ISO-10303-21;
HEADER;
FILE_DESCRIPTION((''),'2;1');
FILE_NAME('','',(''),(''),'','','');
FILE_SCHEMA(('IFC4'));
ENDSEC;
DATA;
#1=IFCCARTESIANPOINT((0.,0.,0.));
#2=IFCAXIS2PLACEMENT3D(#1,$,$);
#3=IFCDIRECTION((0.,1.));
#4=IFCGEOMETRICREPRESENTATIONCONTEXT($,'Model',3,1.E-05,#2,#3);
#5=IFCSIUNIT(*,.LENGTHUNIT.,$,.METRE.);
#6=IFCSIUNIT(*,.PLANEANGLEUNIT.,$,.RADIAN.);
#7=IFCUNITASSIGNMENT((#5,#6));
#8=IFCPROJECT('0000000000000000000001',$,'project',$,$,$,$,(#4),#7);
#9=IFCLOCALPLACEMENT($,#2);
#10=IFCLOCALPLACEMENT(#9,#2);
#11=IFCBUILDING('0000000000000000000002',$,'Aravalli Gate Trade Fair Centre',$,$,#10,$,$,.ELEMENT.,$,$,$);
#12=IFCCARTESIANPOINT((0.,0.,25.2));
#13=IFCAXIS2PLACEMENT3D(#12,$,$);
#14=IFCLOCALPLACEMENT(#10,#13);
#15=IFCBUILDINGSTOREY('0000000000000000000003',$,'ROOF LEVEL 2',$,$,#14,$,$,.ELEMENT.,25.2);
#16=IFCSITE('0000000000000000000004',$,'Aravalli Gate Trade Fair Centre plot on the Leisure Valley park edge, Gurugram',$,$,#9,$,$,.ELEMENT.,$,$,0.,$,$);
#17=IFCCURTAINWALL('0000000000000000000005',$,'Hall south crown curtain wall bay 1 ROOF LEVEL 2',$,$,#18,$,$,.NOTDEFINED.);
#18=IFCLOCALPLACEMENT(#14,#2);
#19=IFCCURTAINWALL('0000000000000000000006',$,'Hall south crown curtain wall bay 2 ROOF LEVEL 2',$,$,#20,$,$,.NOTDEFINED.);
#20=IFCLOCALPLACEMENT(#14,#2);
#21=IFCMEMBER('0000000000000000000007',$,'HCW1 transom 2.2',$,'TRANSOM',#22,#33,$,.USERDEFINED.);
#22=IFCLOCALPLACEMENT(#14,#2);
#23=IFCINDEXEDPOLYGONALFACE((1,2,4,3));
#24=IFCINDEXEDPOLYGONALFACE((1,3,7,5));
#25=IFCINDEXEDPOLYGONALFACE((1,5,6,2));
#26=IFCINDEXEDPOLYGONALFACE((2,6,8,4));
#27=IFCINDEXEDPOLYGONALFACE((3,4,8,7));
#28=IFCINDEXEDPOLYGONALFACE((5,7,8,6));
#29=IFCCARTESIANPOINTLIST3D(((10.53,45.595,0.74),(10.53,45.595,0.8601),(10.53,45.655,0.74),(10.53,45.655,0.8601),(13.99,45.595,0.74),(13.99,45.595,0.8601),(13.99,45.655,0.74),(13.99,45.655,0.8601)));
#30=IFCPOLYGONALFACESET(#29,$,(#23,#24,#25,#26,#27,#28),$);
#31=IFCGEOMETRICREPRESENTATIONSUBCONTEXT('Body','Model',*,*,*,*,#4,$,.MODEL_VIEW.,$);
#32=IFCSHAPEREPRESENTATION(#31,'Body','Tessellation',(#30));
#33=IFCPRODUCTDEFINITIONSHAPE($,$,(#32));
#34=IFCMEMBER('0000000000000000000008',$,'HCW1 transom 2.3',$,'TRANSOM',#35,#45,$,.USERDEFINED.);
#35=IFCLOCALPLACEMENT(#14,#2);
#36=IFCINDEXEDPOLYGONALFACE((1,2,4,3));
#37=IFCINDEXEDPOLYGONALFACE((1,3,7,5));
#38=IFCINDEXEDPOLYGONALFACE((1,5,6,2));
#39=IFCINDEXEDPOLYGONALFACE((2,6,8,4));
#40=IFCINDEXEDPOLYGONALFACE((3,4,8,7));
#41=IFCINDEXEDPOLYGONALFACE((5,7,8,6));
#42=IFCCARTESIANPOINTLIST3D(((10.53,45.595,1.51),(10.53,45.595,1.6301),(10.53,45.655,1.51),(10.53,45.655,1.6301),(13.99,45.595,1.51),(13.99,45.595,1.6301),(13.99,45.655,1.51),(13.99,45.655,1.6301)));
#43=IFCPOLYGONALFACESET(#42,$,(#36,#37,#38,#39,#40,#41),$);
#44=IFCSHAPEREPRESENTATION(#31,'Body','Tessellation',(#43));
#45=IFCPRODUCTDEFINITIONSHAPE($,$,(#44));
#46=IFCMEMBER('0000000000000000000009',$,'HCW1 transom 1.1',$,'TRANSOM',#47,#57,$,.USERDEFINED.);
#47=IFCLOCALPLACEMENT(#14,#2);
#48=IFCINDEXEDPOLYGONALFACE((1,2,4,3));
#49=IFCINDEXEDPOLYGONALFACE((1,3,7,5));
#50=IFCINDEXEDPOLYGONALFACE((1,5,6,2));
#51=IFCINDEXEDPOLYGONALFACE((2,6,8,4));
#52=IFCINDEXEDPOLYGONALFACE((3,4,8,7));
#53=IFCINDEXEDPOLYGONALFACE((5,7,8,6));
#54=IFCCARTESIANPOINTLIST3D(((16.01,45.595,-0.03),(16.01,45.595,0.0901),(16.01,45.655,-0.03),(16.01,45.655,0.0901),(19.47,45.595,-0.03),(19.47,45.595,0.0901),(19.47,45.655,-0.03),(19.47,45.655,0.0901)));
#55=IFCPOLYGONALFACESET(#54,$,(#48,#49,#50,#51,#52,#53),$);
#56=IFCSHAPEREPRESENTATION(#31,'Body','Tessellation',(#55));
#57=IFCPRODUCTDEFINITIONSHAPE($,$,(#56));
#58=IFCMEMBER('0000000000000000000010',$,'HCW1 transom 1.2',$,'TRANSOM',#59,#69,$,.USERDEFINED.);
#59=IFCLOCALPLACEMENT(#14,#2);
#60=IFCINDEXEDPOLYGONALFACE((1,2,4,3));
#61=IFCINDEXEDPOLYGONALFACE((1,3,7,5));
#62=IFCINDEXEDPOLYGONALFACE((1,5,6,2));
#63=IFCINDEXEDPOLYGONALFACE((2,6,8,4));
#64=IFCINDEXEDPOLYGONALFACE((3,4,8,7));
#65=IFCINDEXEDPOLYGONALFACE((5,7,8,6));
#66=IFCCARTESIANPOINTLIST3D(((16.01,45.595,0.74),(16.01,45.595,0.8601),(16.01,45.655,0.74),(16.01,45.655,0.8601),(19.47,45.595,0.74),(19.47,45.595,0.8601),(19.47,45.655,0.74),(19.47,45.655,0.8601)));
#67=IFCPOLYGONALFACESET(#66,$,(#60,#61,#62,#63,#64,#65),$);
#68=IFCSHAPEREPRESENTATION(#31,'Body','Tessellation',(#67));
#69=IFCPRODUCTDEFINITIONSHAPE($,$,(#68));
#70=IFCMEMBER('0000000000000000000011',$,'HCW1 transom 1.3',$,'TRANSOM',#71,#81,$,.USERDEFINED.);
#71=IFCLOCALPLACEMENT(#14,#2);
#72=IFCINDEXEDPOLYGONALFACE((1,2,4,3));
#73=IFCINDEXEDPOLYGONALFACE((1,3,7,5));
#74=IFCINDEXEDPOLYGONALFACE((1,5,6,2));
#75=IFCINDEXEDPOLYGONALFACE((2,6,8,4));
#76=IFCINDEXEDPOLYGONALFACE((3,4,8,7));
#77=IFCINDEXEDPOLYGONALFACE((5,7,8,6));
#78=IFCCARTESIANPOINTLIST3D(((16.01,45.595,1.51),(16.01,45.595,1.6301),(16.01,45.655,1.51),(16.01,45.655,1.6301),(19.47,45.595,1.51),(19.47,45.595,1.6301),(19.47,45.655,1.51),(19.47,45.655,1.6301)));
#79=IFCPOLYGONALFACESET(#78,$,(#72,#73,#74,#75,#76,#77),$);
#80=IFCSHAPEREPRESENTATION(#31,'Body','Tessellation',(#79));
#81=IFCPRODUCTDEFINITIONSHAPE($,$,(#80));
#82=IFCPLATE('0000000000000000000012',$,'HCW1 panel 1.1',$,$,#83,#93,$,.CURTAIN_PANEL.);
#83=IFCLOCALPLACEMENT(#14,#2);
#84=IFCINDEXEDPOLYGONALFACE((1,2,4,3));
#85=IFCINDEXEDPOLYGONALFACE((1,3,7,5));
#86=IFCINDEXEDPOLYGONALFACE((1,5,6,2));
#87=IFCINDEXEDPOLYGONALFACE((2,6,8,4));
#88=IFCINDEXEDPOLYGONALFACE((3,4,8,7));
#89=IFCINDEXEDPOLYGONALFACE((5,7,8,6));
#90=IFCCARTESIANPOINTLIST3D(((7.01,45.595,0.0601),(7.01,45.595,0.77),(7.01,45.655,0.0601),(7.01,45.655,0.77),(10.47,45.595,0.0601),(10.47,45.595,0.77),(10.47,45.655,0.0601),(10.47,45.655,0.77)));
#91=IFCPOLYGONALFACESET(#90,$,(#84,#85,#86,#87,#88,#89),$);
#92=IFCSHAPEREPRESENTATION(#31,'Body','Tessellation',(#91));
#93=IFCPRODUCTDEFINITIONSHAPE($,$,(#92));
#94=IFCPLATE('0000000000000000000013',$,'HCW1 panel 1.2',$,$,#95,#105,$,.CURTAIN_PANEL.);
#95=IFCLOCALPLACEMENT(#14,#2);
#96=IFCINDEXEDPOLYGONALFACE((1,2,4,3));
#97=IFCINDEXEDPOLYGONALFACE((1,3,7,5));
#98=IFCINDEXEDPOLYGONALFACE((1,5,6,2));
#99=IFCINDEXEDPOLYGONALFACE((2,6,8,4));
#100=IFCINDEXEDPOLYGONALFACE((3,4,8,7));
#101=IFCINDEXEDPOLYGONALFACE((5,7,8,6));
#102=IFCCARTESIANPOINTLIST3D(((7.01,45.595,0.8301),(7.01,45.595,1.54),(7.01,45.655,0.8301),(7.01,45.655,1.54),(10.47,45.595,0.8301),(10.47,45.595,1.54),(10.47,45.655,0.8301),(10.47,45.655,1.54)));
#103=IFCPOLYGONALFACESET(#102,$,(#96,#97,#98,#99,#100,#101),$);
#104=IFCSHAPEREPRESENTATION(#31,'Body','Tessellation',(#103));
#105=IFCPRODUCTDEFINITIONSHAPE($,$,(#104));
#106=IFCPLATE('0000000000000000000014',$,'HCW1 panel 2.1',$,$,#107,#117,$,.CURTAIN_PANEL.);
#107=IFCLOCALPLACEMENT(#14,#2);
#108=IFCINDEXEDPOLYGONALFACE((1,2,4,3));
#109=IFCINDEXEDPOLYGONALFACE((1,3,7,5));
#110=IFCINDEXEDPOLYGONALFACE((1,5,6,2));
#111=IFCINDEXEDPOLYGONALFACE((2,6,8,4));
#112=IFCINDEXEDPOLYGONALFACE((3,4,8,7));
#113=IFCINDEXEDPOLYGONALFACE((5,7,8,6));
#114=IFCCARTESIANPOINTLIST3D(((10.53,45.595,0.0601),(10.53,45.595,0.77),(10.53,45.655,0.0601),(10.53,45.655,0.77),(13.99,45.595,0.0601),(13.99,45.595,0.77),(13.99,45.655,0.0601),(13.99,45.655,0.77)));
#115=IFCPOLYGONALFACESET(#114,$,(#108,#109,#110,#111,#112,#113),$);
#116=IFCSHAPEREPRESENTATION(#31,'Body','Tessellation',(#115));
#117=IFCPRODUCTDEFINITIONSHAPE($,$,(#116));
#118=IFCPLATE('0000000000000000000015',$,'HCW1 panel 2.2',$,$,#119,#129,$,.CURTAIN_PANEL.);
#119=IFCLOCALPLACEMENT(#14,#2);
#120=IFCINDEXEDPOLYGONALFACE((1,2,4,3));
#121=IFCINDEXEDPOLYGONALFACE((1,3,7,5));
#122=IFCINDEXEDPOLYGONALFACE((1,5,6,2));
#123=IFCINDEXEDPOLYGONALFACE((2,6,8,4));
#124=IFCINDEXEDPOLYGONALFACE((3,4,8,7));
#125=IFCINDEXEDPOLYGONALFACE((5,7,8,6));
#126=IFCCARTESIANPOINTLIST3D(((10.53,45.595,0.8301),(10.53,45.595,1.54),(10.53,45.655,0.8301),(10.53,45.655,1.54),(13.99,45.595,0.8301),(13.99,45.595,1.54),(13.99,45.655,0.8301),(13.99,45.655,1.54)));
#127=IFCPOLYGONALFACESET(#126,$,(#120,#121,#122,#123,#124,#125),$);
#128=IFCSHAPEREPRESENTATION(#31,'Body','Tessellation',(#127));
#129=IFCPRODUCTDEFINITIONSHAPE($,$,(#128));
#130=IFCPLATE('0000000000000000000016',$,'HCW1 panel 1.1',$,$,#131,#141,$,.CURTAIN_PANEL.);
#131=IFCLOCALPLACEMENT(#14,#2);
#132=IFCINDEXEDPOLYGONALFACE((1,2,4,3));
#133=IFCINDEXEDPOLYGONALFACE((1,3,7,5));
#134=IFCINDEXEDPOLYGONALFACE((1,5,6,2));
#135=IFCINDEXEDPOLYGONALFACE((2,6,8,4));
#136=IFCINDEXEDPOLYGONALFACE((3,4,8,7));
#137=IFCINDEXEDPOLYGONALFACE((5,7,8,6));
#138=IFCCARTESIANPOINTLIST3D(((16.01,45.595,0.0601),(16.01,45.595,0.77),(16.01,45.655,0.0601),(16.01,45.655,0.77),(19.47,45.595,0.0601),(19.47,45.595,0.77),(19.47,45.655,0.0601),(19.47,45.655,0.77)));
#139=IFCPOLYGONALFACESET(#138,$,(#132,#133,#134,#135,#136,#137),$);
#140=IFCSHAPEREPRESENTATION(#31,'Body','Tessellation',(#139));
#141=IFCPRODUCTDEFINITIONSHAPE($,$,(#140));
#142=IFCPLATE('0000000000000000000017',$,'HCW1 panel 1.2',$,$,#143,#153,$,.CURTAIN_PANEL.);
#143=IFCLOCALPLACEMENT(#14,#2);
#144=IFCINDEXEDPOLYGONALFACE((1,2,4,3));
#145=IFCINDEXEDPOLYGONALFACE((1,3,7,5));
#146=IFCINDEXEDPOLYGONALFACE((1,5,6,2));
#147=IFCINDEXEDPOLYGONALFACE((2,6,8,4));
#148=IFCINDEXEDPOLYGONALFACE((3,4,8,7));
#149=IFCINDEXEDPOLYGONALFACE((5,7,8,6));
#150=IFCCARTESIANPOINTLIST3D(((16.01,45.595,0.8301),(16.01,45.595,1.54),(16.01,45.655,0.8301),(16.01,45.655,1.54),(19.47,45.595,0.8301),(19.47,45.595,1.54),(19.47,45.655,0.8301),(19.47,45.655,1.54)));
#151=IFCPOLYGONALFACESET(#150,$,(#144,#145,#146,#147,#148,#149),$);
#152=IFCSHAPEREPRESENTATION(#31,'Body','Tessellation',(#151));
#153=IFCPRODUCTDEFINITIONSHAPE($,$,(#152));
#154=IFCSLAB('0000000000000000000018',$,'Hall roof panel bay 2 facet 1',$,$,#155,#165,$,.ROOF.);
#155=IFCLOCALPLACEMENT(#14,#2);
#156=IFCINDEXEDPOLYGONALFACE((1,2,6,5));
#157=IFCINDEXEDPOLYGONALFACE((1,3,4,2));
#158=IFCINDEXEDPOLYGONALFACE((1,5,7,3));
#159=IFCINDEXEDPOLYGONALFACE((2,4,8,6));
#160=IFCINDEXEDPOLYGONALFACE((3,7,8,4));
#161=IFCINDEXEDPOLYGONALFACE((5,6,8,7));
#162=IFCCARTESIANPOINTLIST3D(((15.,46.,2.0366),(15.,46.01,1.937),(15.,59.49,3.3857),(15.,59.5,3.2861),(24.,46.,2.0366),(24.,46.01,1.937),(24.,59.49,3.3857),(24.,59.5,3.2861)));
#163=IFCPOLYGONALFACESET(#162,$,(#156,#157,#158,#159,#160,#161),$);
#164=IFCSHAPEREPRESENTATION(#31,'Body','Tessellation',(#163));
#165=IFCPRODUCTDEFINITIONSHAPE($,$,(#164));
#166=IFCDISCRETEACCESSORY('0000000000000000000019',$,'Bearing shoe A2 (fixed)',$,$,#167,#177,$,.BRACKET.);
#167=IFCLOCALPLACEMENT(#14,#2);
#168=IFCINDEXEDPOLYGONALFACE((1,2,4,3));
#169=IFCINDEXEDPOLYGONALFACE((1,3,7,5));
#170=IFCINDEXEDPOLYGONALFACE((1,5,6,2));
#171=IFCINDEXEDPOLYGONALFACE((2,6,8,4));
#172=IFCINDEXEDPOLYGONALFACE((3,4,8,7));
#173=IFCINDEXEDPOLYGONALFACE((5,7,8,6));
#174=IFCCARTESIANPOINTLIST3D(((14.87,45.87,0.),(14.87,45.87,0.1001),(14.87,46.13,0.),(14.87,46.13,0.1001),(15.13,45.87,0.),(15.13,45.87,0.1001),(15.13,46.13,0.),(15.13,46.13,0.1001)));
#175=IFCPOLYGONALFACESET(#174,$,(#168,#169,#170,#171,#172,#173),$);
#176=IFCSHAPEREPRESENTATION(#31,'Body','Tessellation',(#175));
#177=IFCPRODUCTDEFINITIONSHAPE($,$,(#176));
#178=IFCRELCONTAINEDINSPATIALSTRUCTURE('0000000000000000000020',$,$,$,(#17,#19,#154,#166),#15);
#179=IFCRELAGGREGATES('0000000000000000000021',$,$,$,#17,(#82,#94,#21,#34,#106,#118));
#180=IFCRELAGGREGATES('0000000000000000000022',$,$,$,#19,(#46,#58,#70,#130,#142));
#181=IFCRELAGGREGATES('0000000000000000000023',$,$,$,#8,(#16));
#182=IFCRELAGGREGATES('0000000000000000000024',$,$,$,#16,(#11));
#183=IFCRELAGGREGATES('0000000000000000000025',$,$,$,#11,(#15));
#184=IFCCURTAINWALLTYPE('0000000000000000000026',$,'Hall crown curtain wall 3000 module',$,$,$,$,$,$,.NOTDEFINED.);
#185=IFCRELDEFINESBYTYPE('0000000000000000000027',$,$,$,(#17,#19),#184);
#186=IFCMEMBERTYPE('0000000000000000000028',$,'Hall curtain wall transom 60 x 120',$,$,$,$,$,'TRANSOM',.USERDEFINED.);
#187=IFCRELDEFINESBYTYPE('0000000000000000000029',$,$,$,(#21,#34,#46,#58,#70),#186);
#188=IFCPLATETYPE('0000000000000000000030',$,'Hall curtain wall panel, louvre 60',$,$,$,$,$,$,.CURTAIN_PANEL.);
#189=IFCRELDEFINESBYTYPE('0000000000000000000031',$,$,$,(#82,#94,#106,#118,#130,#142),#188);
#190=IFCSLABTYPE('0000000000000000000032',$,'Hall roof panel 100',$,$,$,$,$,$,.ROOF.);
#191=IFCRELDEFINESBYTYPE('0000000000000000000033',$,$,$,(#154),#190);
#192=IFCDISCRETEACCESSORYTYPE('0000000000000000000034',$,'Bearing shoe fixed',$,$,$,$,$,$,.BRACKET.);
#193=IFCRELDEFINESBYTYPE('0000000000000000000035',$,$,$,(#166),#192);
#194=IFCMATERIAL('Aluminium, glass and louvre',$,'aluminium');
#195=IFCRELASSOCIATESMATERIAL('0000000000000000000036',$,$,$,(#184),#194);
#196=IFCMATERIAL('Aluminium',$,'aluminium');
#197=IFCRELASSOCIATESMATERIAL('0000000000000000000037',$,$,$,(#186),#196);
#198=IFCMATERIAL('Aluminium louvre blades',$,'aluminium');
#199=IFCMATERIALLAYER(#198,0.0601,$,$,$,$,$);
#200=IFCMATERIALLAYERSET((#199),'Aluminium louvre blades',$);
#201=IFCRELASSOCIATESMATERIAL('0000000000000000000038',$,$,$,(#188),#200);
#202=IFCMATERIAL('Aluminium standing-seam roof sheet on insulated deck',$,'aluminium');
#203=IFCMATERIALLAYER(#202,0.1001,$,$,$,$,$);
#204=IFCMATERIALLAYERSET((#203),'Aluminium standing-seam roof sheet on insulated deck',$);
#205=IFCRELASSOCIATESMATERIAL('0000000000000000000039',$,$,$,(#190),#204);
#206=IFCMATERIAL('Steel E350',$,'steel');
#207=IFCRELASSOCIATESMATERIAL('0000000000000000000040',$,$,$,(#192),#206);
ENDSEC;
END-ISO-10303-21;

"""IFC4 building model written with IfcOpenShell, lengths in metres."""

from ifc_helpers import new_model, si_unit, direction, frame, origin, origin_2d, place, context, subcontext, project, spatial, polyline, rectangle, outline, extrude, material, layer, layer_set, material_profile, profile_set, type_object, element, aggregate, save


model = new_model("IFC4")

# Units and contexts
model_context = context("Model", 3, precision=1e-05, world=origin(), true_north=direction((0.0, 1.0)))
body_context = subcontext(model_context, "Body", "Model", "MODEL_VIEW")
ifc_project = project(units=[si_unit("LENGTHUNIT", "METRE"), si_unit("PLANEANGLEUNIT", "RADIAN")], contexts=[model_context])

# Site, building, storey
site_placement = place(None, origin())
site = spatial("IfcSite", under=ifc_project, at=site_placement, Name="Aravalli Gate Trade Fair Centre plot on the Leisure Valley park edge, Gurugram", CompositionType="ELEMENT", RefElevation=0.0)
building_placement = place(site_placement, origin())
building = spatial("IfcBuilding", under=site, at=building_placement, Name="Aravalli Gate Trade Fair Centre", CompositionType="ELEMENT")
storey_placement = place(building_placement, frame((0.0, 0.0, 25.2)))
storey = spatial("IfcBuildingStorey", under=building, at=storey_placement, Name="ROOF LEVEL 2", CompositionType="ELEMENT", Elevation=25.2)

# Shared definitions
ifc_material_1 = material(Name="Steel E350", Category="steel")

# Curtain walls
ifc_material_2 = material(Name="Aluminium, glass and louvre", Category="aluminium")
curtain_wall_type = type_object("IfcCurtainWallType", Name="Hall crown curtain wall 3000 module", PredefinedType="NOTDEFINED", material=ifc_material_2)
curtain_wall_1_placement = place(storey_placement, origin())
curtain_wall_1 = element("IfcCurtainWall", 1, at=curtain_wall_1_placement, inside=storey, type_object=curtain_wall_type, Name="Hall south crown curtain wall bay 1 ROOF LEVEL 2", PredefinedType="NOTDEFINED")
ifc_material_3 = material(Name="Aluminium", Category="aluminium")
curtain_wall_2_placement = place(storey_placement, origin())
curtain_wall_2 = element("IfcCurtainWall", 2, at=curtain_wall_2_placement, inside=storey, type_object=curtain_wall_type, Name="Hall south crown curtain wall bay 2 ROOF LEVEL 2", PredefinedType="NOTDEFINED")

# Members
ifc_material_profile_1 = material_profile(ifc_material_3, rectangle(XDim=0.0601, YDim=0.1201, at=origin_2d()), Name="Hall curtain wall transom 60 x 120")
ifc_profile_set_1 = profile_set([ifc_material_profile_1], Name="Aluminium")
member_type_1 = type_object("IfcMemberType", Name="Hall curtain wall transom 60 x 120", ElementType="TRANSOM", PredefinedType="USERDEFINED", material=ifc_profile_set_1)
member_1_placement = place(storey_placement, frame((10.53, 45.625, 0.8), z_axis=(1.0, 0.0, 0.0), x_axis=(0.0, 1.0, 0.0)))
member_1 = element("IfcMember", 3, at=member_1_placement, type_object=member_type_1, Name="HCW1 transom 2.2", ObjectType="TRANSOM", PredefinedType="USERDEFINED", context=body_context, shape_type="SweptSolid", body=[
    extrude(rectangle(XDim=0.0601, YDim=0.1201, at=origin_2d()), origin(), (0.0, 0.0, 1.0), 3.46),
])
member_2_placement = place(storey_placement, frame((10.53, 45.625, 1.5701), z_axis=(1.0, 0.0, 0.0), x_axis=(0.0, 1.0, 0.0)))
member_2 = element("IfcMember", 4, at=member_2_placement, type_object=member_type_1, Name="HCW1 transom 2.3", ObjectType="TRANSOM", PredefinedType="USERDEFINED", context=body_context, shape_type="SweptSolid", body=[
    extrude(rectangle(XDim=0.0601, YDim=0.1201, at=origin_2d()), origin(), (0.0, 0.0, 1.0), 3.46),
])
member_3_placement = place(storey_placement, frame((16.01, 45.625, 0.03), z_axis=(1.0, 0.0, 0.0), x_axis=(0.0, 1.0, 0.0)))
member_3 = element("IfcMember", 5, at=member_3_placement, type_object=member_type_1, Name="HCW1 transom 1.1", ObjectType="TRANSOM", PredefinedType="USERDEFINED", context=body_context, shape_type="SweptSolid", body=[
    extrude(rectangle(XDim=0.0601, YDim=0.1201, at=origin_2d()), origin(), (0.0, 0.0, 1.0), 3.46),
])
member_4_placement = place(storey_placement, frame((16.01, 45.625, 0.8), z_axis=(1.0, 0.0, 0.0), x_axis=(0.0, 1.0, 0.0)))
member_4 = element("IfcMember", 6, at=member_4_placement, type_object=member_type_1, Name="HCW1 transom 1.2", ObjectType="TRANSOM", PredefinedType="USERDEFINED", context=body_context, shape_type="SweptSolid", body=[
    extrude(rectangle(XDim=0.0601, YDim=0.1201, at=origin_2d()), origin(), (0.0, 0.0, 1.0), 3.46),
])
member_5_placement = place(storey_placement, frame((16.01, 45.625, 1.5701), z_axis=(1.0, 0.0, 0.0), x_axis=(0.0, 1.0, 0.0)))
member_5 = element("IfcMember", 7, at=member_5_placement, type_object=member_type_1, Name="HCW1 transom 1.3", ObjectType="TRANSOM", PredefinedType="USERDEFINED", context=body_context, shape_type="SweptSolid", body=[
    extrude(rectangle(XDim=0.0601, YDim=0.1201, at=origin_2d()), origin(), (0.0, 0.0, 1.0), 3.46),
])

# Plates
ifc_material_4 = material(Name="Aluminium louvre blades", Category="aluminium")
ifc_layer_1 = layer(ifc_material_4, 0.0601)
ifc_layer_set_1 = layer_set([ifc_layer_1], Name="Aluminium louvre blades")
plate_type = type_object("IfcPlateType", Name="Hall curtain wall panel, louvre 60", PredefinedType="CURTAIN_PANEL", material=ifc_layer_set_1)
plate_1_placement = place(storey_placement, frame((8.74, 45.625, 0.0601), z_axis=(0.0, 0.0, 1.0), x_axis=(1.0, 0.0, 0.0)))
plate_1 = element("IfcPlate", 8, at=plate_1_placement, type_object=plate_type, Name="HCW1 panel 1.1", PredefinedType="CURTAIN_PANEL", context=body_context, shape_type="SweptSolid", body=[
    extrude(rectangle(XDim=3.46, YDim=0.0601, at=origin_2d()), origin(), (0.0, 0.0, 1.0), 0.71),
])
plate_2_placement = place(storey_placement, frame((8.74, 45.625, 0.8301), z_axis=(0.0, 0.0, 1.0), x_axis=(1.0, 0.0, 0.0)))
plate_2 = element("IfcPlate", 9, at=plate_2_placement, type_object=plate_type, Name="HCW1 panel 1.2", PredefinedType="CURTAIN_PANEL", context=body_context, shape_type="SweptSolid", body=[
    extrude(rectangle(XDim=3.46, YDim=0.0601, at=origin_2d()), origin(), (0.0, 0.0, 1.0), 0.71),
])
plate_3_placement = place(storey_placement, frame((12.26, 45.625, 0.0601), z_axis=(0.0, 0.0, 1.0), x_axis=(1.0, 0.0, 0.0)))
plate_3 = element("IfcPlate", 10, at=plate_3_placement, type_object=plate_type, Name="HCW1 panel 2.1", PredefinedType="CURTAIN_PANEL", context=body_context, shape_type="SweptSolid", body=[
    extrude(rectangle(XDim=3.46, YDim=0.0601, at=origin_2d()), origin(), (0.0, 0.0, 1.0), 0.71),
])
plate_4_placement = place(storey_placement, frame((12.26, 45.625, 0.8301), z_axis=(0.0, 0.0, 1.0), x_axis=(1.0, 0.0, 0.0)))
plate_4 = element("IfcPlate", 11, at=plate_4_placement, type_object=plate_type, Name="HCW1 panel 2.2", PredefinedType="CURTAIN_PANEL", context=body_context, shape_type="SweptSolid", body=[
    extrude(rectangle(XDim=3.46, YDim=0.0601, at=origin_2d()), origin(), (0.0, 0.0, 1.0), 0.71),
])
aggregate(curtain_wall_1, [plate_1, plate_2, member_1, member_2, plate_3, plate_4])
plate_5_placement = place(storey_placement, frame((17.74, 45.625, 0.0601), z_axis=(0.0, 0.0, 1.0), x_axis=(1.0, 0.0, 0.0)))
plate_5 = element("IfcPlate", 12, at=plate_5_placement, type_object=plate_type, Name="HCW1 panel 1.1", PredefinedType="CURTAIN_PANEL", context=body_context, shape_type="SweptSolid", body=[
    extrude(rectangle(XDim=3.46, YDim=0.0601, at=origin_2d()), origin(), (0.0, 0.0, 1.0), 0.71),
])
plate_6_placement = place(storey_placement, frame((17.74, 45.625, 0.8301), z_axis=(0.0, 0.0, 1.0), x_axis=(1.0, 0.0, 0.0)))
plate_6 = element("IfcPlate", 13, at=plate_6_placement, type_object=plate_type, Name="HCW1 panel 1.2", PredefinedType="CURTAIN_PANEL", context=body_context, shape_type="SweptSolid", body=[
    extrude(rectangle(XDim=3.46, YDim=0.0601, at=origin_2d()), origin(), (0.0, 0.0, 1.0), 0.71),
])
aggregate(curtain_wall_2, [member_3, member_4, member_5, plate_5, plate_6])

# Slab
ifc_material_5 = material(Name="Aluminium standing-seam roof sheet on insulated deck", Category="aluminium")
ifc_layer_2 = layer(ifc_material_5, 0.1001)
ifc_layer_set_2 = layer_set([ifc_layer_2], Name="Aluminium standing-seam roof sheet on insulated deck")
slab_type = type_object("IfcSlabType", Name="Hall roof panel 100", PredefinedType="ROOF", material=ifc_layer_set_2)
slab_placement = place(storey_placement, frame((15.0, 46.0, 2.0366), z_axis=(0.0, -0.099513, 0.995036), x_axis=(1.0, 0.0, 0.0)))
element("IfcSlab", 14, at=slab_placement, inside=storey, type_object=slab_type, Name="Hall roof panel bay 2 facet 1", PredefinedType="ROOF", context=body_context, shape_type="SweptSolid", body=[
    extrude(outline(polyline([(0.0, 0.0), (9.0, 0.0), (9.0, 13.5573), (0.0, 13.5573), (0.0, 0.0)])), origin(), (0.0, 0.0, -1.0), 0.1001),
])

# Discrete accessory
discrete_accessory_type = type_object("IfcDiscreteAccessoryType", Name="Bearing shoe fixed", PredefinedType="BRACKET", material=ifc_material_1)
discrete_accessory_placement = place(storey_placement, frame((15.0, 46.0, 0.0), z_axis=(0.0, 0.0, 1.0), x_axis=(1.0, 0.0, 0.0)))
element("IfcDiscreteAccessory", 15, at=discrete_accessory_placement, inside=storey, type_object=discrete_accessory_type, Name="Bearing shoe A2 (fixed)", PredefinedType="BRACKET", context=body_context, shape_type="SweptSolid", body=[
    extrude(rectangle(XDim=0.26, YDim=0.26, at=origin_2d()), origin(), (0.0, 0.0, 1.0), 0.1001),
])

save(model, "model.ifc")
